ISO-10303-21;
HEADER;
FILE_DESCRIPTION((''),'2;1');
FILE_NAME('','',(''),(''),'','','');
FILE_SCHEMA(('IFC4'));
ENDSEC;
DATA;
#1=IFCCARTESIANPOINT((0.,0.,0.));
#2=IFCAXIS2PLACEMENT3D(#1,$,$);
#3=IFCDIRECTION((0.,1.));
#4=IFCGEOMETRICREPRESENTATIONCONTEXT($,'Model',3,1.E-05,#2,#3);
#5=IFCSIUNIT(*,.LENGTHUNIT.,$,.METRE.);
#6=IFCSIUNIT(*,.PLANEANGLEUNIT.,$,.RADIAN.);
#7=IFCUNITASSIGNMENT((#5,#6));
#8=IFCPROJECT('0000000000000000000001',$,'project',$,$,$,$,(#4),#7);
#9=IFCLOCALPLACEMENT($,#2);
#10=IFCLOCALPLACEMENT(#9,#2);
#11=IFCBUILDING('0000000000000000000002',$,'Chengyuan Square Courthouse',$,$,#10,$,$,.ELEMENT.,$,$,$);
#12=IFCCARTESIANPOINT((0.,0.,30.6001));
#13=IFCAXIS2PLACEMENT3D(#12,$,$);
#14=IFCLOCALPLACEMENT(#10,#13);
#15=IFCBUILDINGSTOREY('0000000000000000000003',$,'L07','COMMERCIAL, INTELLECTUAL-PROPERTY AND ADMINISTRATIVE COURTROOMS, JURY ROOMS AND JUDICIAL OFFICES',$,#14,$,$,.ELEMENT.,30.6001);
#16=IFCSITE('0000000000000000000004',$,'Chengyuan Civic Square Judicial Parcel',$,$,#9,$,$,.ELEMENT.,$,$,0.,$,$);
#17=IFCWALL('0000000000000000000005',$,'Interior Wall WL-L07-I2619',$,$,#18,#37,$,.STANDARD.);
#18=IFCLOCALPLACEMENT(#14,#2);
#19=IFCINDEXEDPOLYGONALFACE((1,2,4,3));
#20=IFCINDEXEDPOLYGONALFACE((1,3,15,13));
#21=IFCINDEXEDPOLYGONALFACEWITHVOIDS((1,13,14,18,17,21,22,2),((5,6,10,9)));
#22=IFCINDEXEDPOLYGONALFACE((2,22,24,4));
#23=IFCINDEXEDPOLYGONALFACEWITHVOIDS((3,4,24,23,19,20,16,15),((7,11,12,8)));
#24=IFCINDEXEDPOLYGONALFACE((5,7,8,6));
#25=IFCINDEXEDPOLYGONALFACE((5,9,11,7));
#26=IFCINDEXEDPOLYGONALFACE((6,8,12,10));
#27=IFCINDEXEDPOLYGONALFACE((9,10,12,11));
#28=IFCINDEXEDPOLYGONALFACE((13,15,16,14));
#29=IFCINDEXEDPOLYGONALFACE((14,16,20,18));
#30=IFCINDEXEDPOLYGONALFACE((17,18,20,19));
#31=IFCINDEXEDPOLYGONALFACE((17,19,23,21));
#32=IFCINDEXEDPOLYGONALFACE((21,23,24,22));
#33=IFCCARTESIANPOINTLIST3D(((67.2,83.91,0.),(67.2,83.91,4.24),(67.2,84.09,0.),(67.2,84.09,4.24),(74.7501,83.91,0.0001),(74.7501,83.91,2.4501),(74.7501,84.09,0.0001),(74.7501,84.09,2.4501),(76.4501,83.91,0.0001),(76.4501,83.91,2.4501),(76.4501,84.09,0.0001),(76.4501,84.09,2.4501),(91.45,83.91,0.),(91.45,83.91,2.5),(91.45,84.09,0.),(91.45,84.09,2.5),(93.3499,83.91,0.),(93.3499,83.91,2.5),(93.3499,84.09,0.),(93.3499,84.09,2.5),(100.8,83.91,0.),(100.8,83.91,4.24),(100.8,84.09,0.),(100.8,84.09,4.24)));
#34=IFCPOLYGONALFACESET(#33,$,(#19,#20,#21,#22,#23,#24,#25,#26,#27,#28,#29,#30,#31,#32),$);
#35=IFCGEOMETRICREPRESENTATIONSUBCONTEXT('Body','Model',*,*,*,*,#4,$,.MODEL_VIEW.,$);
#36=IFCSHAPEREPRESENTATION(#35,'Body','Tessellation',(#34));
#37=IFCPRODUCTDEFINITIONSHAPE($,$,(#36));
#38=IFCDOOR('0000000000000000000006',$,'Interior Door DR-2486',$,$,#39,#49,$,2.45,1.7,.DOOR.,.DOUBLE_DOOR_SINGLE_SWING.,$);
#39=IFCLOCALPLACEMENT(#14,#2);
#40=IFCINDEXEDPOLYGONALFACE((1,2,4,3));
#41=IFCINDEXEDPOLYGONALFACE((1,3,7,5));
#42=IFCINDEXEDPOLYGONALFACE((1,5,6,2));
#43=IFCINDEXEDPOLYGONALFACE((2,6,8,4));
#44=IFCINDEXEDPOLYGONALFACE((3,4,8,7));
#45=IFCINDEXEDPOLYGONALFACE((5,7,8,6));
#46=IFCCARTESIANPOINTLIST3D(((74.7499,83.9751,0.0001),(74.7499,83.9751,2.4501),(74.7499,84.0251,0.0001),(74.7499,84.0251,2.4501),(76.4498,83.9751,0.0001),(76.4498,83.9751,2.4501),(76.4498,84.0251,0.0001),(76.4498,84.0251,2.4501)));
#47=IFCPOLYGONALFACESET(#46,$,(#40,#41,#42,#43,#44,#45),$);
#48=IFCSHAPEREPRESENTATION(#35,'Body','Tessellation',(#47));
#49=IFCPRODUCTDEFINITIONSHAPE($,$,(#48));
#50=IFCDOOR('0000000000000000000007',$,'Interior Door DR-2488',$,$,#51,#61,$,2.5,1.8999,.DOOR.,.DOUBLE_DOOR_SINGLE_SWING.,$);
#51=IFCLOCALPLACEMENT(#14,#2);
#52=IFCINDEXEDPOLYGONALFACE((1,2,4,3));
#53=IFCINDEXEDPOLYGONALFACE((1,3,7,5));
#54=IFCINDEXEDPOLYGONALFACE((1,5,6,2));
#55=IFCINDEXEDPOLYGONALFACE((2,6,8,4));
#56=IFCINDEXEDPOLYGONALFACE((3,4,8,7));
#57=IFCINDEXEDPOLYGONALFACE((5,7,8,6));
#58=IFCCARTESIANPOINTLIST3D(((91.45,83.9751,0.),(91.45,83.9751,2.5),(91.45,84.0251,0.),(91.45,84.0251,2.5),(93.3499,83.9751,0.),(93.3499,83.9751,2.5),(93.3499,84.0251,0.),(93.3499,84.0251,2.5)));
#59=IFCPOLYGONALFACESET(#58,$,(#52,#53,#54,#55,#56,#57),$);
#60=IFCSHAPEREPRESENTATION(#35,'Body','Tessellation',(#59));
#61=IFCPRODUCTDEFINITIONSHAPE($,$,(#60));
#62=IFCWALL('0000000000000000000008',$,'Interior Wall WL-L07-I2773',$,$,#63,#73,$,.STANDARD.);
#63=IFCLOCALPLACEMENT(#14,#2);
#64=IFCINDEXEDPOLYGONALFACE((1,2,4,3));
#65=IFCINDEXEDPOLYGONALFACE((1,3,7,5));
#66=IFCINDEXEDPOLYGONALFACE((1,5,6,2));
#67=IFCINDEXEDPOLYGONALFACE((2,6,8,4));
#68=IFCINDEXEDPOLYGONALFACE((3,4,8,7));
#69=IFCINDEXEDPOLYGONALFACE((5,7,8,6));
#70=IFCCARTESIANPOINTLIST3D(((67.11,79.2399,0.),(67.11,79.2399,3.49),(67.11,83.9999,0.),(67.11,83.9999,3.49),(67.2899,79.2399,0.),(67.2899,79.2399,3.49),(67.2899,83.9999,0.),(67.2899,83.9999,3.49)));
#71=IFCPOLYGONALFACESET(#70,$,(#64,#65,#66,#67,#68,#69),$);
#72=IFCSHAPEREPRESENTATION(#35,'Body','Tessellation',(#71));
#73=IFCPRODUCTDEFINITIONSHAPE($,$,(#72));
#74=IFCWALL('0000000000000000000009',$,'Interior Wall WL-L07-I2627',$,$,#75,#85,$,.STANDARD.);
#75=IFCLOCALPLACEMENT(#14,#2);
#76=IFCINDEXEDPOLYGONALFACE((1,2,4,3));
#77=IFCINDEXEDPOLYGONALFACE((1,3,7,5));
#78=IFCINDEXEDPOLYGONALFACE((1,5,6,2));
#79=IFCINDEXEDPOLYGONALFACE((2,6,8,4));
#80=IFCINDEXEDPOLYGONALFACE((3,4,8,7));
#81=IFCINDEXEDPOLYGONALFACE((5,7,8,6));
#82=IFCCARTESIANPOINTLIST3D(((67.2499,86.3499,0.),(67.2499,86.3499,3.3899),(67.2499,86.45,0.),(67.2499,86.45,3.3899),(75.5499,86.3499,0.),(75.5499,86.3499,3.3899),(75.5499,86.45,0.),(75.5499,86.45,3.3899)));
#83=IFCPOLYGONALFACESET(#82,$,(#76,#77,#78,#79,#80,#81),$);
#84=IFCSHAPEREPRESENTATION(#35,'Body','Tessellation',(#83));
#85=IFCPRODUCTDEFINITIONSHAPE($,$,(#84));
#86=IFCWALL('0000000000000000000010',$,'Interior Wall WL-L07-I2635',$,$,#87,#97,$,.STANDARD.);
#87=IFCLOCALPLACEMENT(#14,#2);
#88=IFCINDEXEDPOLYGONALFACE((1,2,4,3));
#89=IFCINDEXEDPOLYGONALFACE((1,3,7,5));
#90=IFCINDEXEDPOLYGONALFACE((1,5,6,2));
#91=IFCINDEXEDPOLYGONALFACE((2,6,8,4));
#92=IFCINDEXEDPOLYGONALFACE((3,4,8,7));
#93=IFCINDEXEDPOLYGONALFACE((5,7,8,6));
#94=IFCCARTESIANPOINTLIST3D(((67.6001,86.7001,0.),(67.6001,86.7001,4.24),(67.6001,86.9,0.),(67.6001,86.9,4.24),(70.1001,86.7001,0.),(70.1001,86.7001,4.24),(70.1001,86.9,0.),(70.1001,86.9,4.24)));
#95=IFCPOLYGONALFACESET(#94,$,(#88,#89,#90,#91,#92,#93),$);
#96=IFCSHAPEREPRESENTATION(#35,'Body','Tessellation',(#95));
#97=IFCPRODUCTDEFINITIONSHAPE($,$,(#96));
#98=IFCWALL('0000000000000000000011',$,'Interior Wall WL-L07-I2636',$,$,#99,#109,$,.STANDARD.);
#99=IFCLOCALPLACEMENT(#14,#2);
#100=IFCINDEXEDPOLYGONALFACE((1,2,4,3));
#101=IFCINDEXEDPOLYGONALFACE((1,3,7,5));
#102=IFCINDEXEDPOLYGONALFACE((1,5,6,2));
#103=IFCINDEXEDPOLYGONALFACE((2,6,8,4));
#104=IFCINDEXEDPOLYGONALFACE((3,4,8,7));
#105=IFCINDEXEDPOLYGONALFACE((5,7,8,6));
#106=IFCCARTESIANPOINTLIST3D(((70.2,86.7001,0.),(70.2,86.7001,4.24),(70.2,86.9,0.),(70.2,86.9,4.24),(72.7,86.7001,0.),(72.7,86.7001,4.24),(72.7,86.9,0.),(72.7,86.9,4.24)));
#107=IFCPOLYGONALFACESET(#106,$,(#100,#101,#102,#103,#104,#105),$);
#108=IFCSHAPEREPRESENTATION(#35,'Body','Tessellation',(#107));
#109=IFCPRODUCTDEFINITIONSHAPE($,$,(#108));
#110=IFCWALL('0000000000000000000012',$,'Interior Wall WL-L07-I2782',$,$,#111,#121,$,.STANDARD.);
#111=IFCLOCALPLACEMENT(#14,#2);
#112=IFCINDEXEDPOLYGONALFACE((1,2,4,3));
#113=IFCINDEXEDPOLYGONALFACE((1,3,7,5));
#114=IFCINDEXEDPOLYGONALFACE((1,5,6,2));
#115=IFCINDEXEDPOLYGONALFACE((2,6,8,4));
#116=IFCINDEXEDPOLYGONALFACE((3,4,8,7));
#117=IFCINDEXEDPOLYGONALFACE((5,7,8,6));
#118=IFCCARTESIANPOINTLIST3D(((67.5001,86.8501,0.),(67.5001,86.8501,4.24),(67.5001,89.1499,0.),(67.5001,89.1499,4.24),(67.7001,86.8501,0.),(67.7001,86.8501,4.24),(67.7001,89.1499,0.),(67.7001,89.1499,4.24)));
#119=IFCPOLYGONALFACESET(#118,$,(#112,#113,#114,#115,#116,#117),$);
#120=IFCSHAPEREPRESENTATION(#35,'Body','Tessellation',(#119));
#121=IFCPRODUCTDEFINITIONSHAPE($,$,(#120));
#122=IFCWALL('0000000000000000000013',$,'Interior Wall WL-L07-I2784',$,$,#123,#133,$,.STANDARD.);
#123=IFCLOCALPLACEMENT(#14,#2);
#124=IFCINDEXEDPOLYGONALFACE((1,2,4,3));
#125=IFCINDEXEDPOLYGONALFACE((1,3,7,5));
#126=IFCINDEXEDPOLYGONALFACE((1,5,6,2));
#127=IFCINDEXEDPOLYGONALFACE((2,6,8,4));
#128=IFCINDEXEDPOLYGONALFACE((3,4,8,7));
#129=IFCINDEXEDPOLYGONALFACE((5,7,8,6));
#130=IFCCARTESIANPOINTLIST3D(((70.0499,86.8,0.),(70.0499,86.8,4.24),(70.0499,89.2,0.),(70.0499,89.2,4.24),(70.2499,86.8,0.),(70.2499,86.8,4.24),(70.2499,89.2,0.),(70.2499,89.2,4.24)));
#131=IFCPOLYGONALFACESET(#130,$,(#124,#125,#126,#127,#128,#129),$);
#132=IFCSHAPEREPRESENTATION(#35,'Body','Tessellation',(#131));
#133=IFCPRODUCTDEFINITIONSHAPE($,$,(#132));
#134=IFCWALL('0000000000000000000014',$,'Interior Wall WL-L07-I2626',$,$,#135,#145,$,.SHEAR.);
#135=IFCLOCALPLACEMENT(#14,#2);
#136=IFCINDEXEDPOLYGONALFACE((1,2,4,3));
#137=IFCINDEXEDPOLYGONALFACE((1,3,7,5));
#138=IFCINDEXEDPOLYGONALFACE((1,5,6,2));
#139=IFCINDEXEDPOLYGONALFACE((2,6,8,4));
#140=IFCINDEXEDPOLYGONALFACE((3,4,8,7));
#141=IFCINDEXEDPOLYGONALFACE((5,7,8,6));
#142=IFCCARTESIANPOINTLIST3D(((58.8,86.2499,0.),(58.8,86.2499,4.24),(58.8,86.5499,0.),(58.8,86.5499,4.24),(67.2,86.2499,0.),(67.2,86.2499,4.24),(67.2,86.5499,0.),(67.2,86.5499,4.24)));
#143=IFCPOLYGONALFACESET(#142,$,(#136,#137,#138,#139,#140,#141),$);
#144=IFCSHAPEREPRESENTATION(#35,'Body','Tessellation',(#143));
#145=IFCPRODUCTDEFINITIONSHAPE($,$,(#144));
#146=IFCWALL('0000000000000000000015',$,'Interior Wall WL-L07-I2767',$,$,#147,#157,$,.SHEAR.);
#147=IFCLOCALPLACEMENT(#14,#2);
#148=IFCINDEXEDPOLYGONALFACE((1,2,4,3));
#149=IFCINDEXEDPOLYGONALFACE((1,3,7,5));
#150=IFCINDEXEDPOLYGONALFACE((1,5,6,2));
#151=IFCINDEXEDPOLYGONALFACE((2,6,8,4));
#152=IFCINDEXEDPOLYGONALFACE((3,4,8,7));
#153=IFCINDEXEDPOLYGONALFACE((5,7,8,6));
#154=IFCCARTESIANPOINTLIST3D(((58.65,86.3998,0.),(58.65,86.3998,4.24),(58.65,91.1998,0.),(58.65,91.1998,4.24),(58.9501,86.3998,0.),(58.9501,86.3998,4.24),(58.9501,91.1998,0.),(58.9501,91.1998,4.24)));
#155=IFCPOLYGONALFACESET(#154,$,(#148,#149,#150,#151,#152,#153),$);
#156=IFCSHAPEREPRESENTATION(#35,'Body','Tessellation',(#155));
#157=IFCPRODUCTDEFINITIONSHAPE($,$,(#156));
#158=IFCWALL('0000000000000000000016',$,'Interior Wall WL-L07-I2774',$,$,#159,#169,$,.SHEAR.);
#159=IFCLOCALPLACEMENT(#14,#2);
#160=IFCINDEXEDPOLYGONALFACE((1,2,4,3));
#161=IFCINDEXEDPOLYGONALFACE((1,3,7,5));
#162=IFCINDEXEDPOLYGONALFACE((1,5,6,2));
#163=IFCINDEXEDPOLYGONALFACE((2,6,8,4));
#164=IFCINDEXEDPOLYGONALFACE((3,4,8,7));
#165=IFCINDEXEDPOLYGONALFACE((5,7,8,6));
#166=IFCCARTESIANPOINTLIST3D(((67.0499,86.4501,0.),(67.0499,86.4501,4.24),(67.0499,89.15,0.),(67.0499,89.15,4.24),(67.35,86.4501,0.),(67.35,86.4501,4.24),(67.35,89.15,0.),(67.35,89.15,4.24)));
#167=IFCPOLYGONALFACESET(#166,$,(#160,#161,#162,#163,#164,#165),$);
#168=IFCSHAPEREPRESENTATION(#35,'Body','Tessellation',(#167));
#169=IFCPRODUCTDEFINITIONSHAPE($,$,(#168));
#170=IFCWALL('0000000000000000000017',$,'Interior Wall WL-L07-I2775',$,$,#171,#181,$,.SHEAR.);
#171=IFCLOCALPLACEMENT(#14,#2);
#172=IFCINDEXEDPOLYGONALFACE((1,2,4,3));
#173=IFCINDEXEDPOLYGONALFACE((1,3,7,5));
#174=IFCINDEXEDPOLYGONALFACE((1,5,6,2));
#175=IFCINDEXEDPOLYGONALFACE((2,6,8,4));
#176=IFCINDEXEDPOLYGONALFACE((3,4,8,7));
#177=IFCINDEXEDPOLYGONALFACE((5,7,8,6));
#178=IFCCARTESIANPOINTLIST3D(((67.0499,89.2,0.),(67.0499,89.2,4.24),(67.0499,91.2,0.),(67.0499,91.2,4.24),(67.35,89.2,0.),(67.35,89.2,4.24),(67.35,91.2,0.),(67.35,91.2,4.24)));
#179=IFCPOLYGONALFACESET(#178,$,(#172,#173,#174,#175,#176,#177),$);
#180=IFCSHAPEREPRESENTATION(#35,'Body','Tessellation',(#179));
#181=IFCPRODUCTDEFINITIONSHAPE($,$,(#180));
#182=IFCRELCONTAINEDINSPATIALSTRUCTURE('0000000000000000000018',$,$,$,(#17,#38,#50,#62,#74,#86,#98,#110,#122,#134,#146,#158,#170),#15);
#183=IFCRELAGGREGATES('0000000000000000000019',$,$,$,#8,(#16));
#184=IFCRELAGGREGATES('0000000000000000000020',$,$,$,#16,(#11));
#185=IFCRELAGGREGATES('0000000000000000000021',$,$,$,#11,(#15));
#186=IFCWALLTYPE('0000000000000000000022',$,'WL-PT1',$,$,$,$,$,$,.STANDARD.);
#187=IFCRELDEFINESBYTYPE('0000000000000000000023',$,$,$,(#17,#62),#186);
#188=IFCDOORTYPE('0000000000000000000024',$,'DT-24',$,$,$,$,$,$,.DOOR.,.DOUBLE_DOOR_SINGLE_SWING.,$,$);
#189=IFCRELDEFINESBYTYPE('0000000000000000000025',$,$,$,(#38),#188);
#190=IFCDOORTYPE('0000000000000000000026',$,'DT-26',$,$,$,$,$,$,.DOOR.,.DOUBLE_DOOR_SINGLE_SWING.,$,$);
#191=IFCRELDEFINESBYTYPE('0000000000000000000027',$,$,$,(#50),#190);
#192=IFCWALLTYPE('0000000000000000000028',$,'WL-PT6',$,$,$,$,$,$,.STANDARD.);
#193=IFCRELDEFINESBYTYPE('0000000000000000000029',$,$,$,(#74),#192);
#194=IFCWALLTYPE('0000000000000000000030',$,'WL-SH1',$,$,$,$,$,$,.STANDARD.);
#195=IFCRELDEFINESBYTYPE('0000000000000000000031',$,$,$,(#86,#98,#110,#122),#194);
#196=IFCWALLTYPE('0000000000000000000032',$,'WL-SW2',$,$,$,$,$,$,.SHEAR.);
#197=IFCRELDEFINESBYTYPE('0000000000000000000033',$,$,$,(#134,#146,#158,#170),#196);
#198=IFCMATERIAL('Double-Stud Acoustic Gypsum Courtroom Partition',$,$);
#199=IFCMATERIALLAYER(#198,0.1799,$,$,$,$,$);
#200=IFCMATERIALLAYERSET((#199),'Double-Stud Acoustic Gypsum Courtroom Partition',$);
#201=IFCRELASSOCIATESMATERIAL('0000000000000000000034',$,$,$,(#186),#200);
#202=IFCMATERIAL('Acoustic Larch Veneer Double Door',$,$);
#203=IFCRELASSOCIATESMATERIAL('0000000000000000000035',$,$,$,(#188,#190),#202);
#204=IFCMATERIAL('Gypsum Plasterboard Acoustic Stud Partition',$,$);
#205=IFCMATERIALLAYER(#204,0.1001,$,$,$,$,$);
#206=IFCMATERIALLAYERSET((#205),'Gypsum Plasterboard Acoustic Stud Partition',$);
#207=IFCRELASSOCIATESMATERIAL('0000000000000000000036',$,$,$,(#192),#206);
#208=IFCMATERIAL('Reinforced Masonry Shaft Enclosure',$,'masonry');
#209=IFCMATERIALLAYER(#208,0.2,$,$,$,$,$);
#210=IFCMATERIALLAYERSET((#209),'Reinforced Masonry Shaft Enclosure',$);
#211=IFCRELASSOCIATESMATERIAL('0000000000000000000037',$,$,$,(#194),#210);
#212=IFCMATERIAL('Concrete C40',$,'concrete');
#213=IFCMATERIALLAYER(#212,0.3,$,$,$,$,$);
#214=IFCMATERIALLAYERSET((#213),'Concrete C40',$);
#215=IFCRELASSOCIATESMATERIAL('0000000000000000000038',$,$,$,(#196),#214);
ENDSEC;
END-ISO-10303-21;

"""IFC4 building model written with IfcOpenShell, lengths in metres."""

from ifc_helpers import new_model, si_unit, direction, frame, frame_2d, origin, place, context, subcontext, project, spatial, rectangle, extrude, material, layer, layer_set, type_object, element, fill, save


model = new_model("IFC4")

# Units and contexts
model_context = context("Model", 3, precision=1e-05, world=origin(), true_north=direction((0.0, 1.0)))
body_context = subcontext(model_context, "Body", "Model", "MODEL_VIEW")
ifc_project = project(units=[si_unit("LENGTHUNIT", "METRE"), si_unit("PLANEANGLEUNIT", "RADIAN")], contexts=[model_context])

# Site, building, storey
site_placement = place(None, origin())
site = spatial("IfcSite", under=ifc_project, at=site_placement, Name="Chengyuan Civic Square Judicial Parcel", CompositionType="ELEMENT", RefElevation=0.0)
building_placement = place(site_placement, origin())
building = spatial("IfcBuilding", under=site, at=building_placement, Name="Chengyuan Square Courthouse", CompositionType="ELEMENT")
storey_placement = place(building_placement, frame((0.0, 0.0, 30.6001)))
storey = spatial("IfcBuildingStorey", under=building, at=storey_placement, Name="L07", Description="COMMERCIAL, INTELLECTUAL-PROPERTY AND ADMINISTRATIVE COURTROOMS, JURY ROOMS AND JUDICIAL OFFICES", CompositionType="ELEMENT", Elevation=30.6001)

# Shared definitions
ifc_material_1 = material(Name="Concrete C40", Category="concrete")

# Wall, openings, doors
ifc_material_2 = material(Name="Double-Stud Acoustic Gypsum Courtroom Partition")
ifc_layer_1 = layer(ifc_material_2, 0.1799)
ifc_layer_set_1 = layer_set([ifc_layer_1], Name="Double-Stud Acoustic Gypsum Courtroom Partition")
wall_type_1 = type_object("IfcWallType", Name="WL-PT1", PredefinedType="STANDARD", material=ifc_layer_set_1)
wall_1_placement = place(storey_placement, frame((67.2, 84.0, 0.0), z_axis=(0.0, 0.0, 1.0), x_axis=(1.0, 0.0, 0.0)))
wall_1 = element("IfcWall", 1, at=wall_1_placement, inside=storey, type_object=wall_type_1, Name="Interior Wall WL-L07-I2619", PredefinedType="STANDARD", context=body_context, shape_type="SweptSolid", body=[
    extrude(rectangle(XDim=33.6001, YDim=0.1799, at=frame_2d((16.8, 0.0))), origin(), (0.0, 0.0, 1.0), 4.24),
])
opening_1_placement = place(wall_1_placement, frame((7.55, 0.0, 0.0)))
opening_1 = element("IfcOpeningElement", 2, at=opening_1_placement, cuts=wall_1, PredefinedType="OPENING", context=body_context, shape_type="SweptSolid", body=[
    extrude(rectangle(XDim=1.7, YDim=2.45, at=frame_2d((0.8501, 1.2251))), frame((0.0, 0.1021, 0.0), z_axis=(0.0, -1.0, 0.0), x_axis=(1.0, 0.0, 0.0)), (0.0, 0.0, 1.0), 0.2039),
])
opening_2_placement = place(wall_1_placement, frame((24.25, 0.0, 0.0)))
opening_2 = element("IfcOpeningElement", 3, at=opening_2_placement, cuts=wall_1, PredefinedType="OPENING", context=body_context, shape_type="SweptSolid", body=[
    extrude(rectangle(XDim=1.8999, YDim=2.5, at=frame_2d((0.95, 1.25))), frame((0.0, 0.1021, 0.0), z_axis=(0.0, -1.0, 0.0), x_axis=(1.0, 0.0, 0.0)), (0.0, 0.0, 1.0), 0.2039),
])
ifc_material_3 = material(Name="Acoustic Larch Veneer Double Door")
door_type_1 = type_object("IfcDoorType", Name="DT-24", OperationType="DOUBLE_DOOR_SINGLE_SWING", PredefinedType="DOOR", material=ifc_material_3)
door_1_placement = place(opening_1_placement, frame((1.7, 0.0, 0.0), z_axis=(0.0, 0.0, 1.0), x_axis=(-1.0, 0.0, 0.0)))
door_1 = element("IfcDoor", 4, at=door_1_placement, inside=storey, type_object=door_type_1, Name="Interior Door DR-2486", OperationType="DOUBLE_DOOR_SINGLE_SWING", OverallHeight=2.45, OverallWidth=1.7, PredefinedType="DOOR", context=body_context, shape_type="SweptSolid", body=[
    extrude(rectangle(XDim=1.7, YDim=2.45, at=frame_2d((0.8501, 1.2251))), frame((0.0, 0.0249, 0.0), z_axis=(0.0, -1.0, 0.0), x_axis=(1.0, 0.0, 0.0)), (0.0, 0.0, 1.0), 0.05),
])
fill(opening_1, door_1)
door_type_2 = type_object("IfcDoorType", Name="DT-26", OperationType="DOUBLE_DOOR_SINGLE_SWING", PredefinedType="DOOR", material=ifc_material_3)
door_2_placement = place(opening_2_placement, frame((1.8999, 0.0, 0.0), z_axis=(0.0, 0.0, 1.0), x_axis=(-1.0, 0.0, 0.0)))
door_2 = element("IfcDoor", 5, at=door_2_placement, inside=storey, type_object=door_type_2, Name="Interior Door DR-2488", OperationType="DOUBLE_DOOR_SINGLE_SWING", OverallHeight=2.5, OverallWidth=1.8999, PredefinedType="DOOR", context=body_context, shape_type="SweptSolid", body=[
    extrude(rectangle(XDim=1.8999, YDim=2.5, at=frame_2d((0.95, 1.25))), frame((0.0, 0.0249, 0.0), z_axis=(0.0, -1.0, 0.0), x_axis=(1.0, 0.0, 0.0)), (0.0, 0.0, 1.0), 0.05),
])
fill(opening_2, door_2)

# Walls
wall_2_placement = place(storey_placement, frame((67.2, 79.24, 0.0), z_axis=(0.0, 0.0, 1.0), x_axis=(0.0, 1.0, 0.0)))
element("IfcWall", 6, at=wall_2_placement, inside=storey, type_object=wall_type_1, Name="Interior Wall WL-L07-I2773", PredefinedType="STANDARD", context=body_context, shape_type="SweptSolid", body=[
    extrude(rectangle(XDim=4.76, YDim=0.1799, at=frame_2d((2.3799, 0.0))), origin(), (0.0, 0.0, 1.0), 3.49),
])
ifc_material_4 = material(Name="Gypsum Plasterboard Acoustic Stud Partition")
ifc_layer_2 = layer(ifc_material_4, 0.1001)
ifc_layer_set_2 = layer_set([ifc_layer_2], Name="Gypsum Plasterboard Acoustic Stud Partition")
wall_type_2 = type_object("IfcWallType", Name="WL-PT6", PredefinedType="STANDARD", material=ifc_layer_set_2)
wall_3_placement = place(storey_placement, frame((67.25, 86.3999, 0.0), z_axis=(0.0, 0.0, 1.0), x_axis=(1.0, 0.0, 0.0)))
element("IfcWall", 7, at=wall_3_placement, inside=storey, type_object=wall_type_2, Name="Interior Wall WL-L07-I2627", PredefinedType="STANDARD", context=body_context, shape_type="SweptSolid", body=[
    extrude(rectangle(XDim=8.3, YDim=0.1001, at=frame_2d((4.1499, 0.0))), origin(), (0.0, 0.0, 1.0), 3.3899),
])
ifc_material_5 = material(Name="Reinforced Masonry Shaft Enclosure", Category="masonry")
ifc_layer_3 = layer(ifc_material_5, 0.2)
ifc_layer_set_3 = layer_set([ifc_layer_3], Name="Reinforced Masonry Shaft Enclosure")
wall_type_3 = type_object("IfcWallType", Name="WL-SH1", PredefinedType="STANDARD", material=ifc_layer_set_3)
for number, where, z_axis, x_axis, name in (
    (8, (67.6001, 86.8, 0.0), (0.0, 0.0, 1.0), (1.0, 0.0, 0.0), "Interior Wall WL-L07-I2635"),
    (9, (70.2, 86.8, 0.0), (0.0, 0.0, 1.0), (1.0, 0.0, 0.0), "Interior Wall WL-L07-I2636"),
):
    element("IfcWall", number, at=place(storey_placement, frame(where, z_axis=z_axis, x_axis=x_axis)), inside=storey, type_object=wall_type_3, Name=name, PredefinedType="STANDARD", context=body_context, shape_type="SweptSolid", body=[
        extrude(rectangle(XDim=2.5, YDim=0.2, at=frame_2d((1.25, 0.0))), origin(), (0.0, 0.0, 1.0), 4.24),
    ])

# Walls
wall_4_placement = place(storey_placement, frame((67.6001, 86.8501, 0.0), z_axis=(0.0, 0.0, 1.0), x_axis=(0.0, 1.0, 0.0)))
element("IfcWall", 10, at=wall_4_placement, inside=storey, type_object=wall_type_3, Name="Interior Wall WL-L07-I2782", PredefinedType="STANDARD", context=body_context, shape_type="SweptSolid", body=[
    extrude(rectangle(XDim=2.2998, YDim=0.2, at=frame_2d((1.1499, 0.0))), origin(), (0.0, 0.0, 1.0), 4.24),
])
wall_5_placement = place(storey_placement, frame((70.1499, 86.8, 0.0), z_axis=(0.0, 0.0, 1.0), x_axis=(0.0, 1.0, 0.0)))
element("IfcWall", 11, at=wall_5_placement, inside=storey, type_object=wall_type_3, Name="Interior Wall WL-L07-I2784", PredefinedType="STANDARD", context=body_context, shape_type="SweptSolid", body=[
    extrude(rectangle(XDim=2.3999, YDim=0.2, at=frame_2d((1.2, 0.0))), origin(), (0.0, 0.0, 1.0), 4.24),
])
ifc_layer_4 = layer(ifc_material_1, 0.3)
ifc_layer_set_4 = layer_set([ifc_layer_4], Name="Concrete C40")
wall_type_4 = type_object("IfcWallType", Name="WL-SW2", PredefinedType="SHEAR", material=ifc_layer_set_4)
wall_6_placement = place(storey_placement, frame((58.8, 86.3999, 0.0), z_axis=(0.0, 0.0, 1.0), x_axis=(1.0, 0.0, 0.0)))
element("IfcWall", 12, at=wall_6_placement, inside=storey, type_object=wall_type_4, Name="Interior Wall WL-L07-I2626", PredefinedType="SHEAR", context=body_context, shape_type="SweptSolid", body=[
    extrude(rectangle(XDim=8.3999, YDim=0.3, at=frame_2d((4.2, 0.0))), origin(), (0.0, 0.0, 1.0), 4.24),
])
wall_7_placement = place(storey_placement, frame((58.8, 86.3999, 0.0), z_axis=(0.0, 0.0, 1.0), x_axis=(0.0, 1.0, 0.0)))
element("IfcWall", 13, at=wall_7_placement, inside=storey, type_object=wall_type_4, Name="Interior Wall WL-L07-I2767", PredefinedType="SHEAR", context=body_context, shape_type="SweptSolid", body=[
    extrude(rectangle(XDim=4.8, YDim=0.3, at=frame_2d((2.3999, 0.0))), origin(), (0.0, 0.0, 1.0), 4.24),
])
wall_8_placement = place(storey_placement, frame((67.2, 86.45, 0.0), z_axis=(0.0, 0.0, 1.0), x_axis=(0.0, 1.0, 0.0)))
element("IfcWall", 14, at=wall_8_placement, inside=storey, type_object=wall_type_4, Name="Interior Wall WL-L07-I2774", PredefinedType="SHEAR", context=body_context, shape_type="SweptSolid", body=[
    extrude(rectangle(XDim=2.7, YDim=0.3, at=frame_2d((1.3501, 0.0))), origin(), (0.0, 0.0, 1.0), 4.24),
])
wall_9_placement = place(storey_placement, frame((67.2, 89.2, 0.0), z_axis=(0.0, 0.0, 1.0), x_axis=(0.0, 1.0, 0.0)))
element("IfcWall", 15, at=wall_9_placement, inside=storey, type_object=wall_type_4, Name="Interior Wall WL-L07-I2775", PredefinedType="SHEAR", context=body_context, shape_type="SweptSolid", body=[
    extrude(rectangle(XDim=2.0, YDim=0.3, at=frame_2d((1.0, 0.0))), origin(), (0.0, 0.0, 1.0), 4.24),
])

save(model, "model.ifc")
